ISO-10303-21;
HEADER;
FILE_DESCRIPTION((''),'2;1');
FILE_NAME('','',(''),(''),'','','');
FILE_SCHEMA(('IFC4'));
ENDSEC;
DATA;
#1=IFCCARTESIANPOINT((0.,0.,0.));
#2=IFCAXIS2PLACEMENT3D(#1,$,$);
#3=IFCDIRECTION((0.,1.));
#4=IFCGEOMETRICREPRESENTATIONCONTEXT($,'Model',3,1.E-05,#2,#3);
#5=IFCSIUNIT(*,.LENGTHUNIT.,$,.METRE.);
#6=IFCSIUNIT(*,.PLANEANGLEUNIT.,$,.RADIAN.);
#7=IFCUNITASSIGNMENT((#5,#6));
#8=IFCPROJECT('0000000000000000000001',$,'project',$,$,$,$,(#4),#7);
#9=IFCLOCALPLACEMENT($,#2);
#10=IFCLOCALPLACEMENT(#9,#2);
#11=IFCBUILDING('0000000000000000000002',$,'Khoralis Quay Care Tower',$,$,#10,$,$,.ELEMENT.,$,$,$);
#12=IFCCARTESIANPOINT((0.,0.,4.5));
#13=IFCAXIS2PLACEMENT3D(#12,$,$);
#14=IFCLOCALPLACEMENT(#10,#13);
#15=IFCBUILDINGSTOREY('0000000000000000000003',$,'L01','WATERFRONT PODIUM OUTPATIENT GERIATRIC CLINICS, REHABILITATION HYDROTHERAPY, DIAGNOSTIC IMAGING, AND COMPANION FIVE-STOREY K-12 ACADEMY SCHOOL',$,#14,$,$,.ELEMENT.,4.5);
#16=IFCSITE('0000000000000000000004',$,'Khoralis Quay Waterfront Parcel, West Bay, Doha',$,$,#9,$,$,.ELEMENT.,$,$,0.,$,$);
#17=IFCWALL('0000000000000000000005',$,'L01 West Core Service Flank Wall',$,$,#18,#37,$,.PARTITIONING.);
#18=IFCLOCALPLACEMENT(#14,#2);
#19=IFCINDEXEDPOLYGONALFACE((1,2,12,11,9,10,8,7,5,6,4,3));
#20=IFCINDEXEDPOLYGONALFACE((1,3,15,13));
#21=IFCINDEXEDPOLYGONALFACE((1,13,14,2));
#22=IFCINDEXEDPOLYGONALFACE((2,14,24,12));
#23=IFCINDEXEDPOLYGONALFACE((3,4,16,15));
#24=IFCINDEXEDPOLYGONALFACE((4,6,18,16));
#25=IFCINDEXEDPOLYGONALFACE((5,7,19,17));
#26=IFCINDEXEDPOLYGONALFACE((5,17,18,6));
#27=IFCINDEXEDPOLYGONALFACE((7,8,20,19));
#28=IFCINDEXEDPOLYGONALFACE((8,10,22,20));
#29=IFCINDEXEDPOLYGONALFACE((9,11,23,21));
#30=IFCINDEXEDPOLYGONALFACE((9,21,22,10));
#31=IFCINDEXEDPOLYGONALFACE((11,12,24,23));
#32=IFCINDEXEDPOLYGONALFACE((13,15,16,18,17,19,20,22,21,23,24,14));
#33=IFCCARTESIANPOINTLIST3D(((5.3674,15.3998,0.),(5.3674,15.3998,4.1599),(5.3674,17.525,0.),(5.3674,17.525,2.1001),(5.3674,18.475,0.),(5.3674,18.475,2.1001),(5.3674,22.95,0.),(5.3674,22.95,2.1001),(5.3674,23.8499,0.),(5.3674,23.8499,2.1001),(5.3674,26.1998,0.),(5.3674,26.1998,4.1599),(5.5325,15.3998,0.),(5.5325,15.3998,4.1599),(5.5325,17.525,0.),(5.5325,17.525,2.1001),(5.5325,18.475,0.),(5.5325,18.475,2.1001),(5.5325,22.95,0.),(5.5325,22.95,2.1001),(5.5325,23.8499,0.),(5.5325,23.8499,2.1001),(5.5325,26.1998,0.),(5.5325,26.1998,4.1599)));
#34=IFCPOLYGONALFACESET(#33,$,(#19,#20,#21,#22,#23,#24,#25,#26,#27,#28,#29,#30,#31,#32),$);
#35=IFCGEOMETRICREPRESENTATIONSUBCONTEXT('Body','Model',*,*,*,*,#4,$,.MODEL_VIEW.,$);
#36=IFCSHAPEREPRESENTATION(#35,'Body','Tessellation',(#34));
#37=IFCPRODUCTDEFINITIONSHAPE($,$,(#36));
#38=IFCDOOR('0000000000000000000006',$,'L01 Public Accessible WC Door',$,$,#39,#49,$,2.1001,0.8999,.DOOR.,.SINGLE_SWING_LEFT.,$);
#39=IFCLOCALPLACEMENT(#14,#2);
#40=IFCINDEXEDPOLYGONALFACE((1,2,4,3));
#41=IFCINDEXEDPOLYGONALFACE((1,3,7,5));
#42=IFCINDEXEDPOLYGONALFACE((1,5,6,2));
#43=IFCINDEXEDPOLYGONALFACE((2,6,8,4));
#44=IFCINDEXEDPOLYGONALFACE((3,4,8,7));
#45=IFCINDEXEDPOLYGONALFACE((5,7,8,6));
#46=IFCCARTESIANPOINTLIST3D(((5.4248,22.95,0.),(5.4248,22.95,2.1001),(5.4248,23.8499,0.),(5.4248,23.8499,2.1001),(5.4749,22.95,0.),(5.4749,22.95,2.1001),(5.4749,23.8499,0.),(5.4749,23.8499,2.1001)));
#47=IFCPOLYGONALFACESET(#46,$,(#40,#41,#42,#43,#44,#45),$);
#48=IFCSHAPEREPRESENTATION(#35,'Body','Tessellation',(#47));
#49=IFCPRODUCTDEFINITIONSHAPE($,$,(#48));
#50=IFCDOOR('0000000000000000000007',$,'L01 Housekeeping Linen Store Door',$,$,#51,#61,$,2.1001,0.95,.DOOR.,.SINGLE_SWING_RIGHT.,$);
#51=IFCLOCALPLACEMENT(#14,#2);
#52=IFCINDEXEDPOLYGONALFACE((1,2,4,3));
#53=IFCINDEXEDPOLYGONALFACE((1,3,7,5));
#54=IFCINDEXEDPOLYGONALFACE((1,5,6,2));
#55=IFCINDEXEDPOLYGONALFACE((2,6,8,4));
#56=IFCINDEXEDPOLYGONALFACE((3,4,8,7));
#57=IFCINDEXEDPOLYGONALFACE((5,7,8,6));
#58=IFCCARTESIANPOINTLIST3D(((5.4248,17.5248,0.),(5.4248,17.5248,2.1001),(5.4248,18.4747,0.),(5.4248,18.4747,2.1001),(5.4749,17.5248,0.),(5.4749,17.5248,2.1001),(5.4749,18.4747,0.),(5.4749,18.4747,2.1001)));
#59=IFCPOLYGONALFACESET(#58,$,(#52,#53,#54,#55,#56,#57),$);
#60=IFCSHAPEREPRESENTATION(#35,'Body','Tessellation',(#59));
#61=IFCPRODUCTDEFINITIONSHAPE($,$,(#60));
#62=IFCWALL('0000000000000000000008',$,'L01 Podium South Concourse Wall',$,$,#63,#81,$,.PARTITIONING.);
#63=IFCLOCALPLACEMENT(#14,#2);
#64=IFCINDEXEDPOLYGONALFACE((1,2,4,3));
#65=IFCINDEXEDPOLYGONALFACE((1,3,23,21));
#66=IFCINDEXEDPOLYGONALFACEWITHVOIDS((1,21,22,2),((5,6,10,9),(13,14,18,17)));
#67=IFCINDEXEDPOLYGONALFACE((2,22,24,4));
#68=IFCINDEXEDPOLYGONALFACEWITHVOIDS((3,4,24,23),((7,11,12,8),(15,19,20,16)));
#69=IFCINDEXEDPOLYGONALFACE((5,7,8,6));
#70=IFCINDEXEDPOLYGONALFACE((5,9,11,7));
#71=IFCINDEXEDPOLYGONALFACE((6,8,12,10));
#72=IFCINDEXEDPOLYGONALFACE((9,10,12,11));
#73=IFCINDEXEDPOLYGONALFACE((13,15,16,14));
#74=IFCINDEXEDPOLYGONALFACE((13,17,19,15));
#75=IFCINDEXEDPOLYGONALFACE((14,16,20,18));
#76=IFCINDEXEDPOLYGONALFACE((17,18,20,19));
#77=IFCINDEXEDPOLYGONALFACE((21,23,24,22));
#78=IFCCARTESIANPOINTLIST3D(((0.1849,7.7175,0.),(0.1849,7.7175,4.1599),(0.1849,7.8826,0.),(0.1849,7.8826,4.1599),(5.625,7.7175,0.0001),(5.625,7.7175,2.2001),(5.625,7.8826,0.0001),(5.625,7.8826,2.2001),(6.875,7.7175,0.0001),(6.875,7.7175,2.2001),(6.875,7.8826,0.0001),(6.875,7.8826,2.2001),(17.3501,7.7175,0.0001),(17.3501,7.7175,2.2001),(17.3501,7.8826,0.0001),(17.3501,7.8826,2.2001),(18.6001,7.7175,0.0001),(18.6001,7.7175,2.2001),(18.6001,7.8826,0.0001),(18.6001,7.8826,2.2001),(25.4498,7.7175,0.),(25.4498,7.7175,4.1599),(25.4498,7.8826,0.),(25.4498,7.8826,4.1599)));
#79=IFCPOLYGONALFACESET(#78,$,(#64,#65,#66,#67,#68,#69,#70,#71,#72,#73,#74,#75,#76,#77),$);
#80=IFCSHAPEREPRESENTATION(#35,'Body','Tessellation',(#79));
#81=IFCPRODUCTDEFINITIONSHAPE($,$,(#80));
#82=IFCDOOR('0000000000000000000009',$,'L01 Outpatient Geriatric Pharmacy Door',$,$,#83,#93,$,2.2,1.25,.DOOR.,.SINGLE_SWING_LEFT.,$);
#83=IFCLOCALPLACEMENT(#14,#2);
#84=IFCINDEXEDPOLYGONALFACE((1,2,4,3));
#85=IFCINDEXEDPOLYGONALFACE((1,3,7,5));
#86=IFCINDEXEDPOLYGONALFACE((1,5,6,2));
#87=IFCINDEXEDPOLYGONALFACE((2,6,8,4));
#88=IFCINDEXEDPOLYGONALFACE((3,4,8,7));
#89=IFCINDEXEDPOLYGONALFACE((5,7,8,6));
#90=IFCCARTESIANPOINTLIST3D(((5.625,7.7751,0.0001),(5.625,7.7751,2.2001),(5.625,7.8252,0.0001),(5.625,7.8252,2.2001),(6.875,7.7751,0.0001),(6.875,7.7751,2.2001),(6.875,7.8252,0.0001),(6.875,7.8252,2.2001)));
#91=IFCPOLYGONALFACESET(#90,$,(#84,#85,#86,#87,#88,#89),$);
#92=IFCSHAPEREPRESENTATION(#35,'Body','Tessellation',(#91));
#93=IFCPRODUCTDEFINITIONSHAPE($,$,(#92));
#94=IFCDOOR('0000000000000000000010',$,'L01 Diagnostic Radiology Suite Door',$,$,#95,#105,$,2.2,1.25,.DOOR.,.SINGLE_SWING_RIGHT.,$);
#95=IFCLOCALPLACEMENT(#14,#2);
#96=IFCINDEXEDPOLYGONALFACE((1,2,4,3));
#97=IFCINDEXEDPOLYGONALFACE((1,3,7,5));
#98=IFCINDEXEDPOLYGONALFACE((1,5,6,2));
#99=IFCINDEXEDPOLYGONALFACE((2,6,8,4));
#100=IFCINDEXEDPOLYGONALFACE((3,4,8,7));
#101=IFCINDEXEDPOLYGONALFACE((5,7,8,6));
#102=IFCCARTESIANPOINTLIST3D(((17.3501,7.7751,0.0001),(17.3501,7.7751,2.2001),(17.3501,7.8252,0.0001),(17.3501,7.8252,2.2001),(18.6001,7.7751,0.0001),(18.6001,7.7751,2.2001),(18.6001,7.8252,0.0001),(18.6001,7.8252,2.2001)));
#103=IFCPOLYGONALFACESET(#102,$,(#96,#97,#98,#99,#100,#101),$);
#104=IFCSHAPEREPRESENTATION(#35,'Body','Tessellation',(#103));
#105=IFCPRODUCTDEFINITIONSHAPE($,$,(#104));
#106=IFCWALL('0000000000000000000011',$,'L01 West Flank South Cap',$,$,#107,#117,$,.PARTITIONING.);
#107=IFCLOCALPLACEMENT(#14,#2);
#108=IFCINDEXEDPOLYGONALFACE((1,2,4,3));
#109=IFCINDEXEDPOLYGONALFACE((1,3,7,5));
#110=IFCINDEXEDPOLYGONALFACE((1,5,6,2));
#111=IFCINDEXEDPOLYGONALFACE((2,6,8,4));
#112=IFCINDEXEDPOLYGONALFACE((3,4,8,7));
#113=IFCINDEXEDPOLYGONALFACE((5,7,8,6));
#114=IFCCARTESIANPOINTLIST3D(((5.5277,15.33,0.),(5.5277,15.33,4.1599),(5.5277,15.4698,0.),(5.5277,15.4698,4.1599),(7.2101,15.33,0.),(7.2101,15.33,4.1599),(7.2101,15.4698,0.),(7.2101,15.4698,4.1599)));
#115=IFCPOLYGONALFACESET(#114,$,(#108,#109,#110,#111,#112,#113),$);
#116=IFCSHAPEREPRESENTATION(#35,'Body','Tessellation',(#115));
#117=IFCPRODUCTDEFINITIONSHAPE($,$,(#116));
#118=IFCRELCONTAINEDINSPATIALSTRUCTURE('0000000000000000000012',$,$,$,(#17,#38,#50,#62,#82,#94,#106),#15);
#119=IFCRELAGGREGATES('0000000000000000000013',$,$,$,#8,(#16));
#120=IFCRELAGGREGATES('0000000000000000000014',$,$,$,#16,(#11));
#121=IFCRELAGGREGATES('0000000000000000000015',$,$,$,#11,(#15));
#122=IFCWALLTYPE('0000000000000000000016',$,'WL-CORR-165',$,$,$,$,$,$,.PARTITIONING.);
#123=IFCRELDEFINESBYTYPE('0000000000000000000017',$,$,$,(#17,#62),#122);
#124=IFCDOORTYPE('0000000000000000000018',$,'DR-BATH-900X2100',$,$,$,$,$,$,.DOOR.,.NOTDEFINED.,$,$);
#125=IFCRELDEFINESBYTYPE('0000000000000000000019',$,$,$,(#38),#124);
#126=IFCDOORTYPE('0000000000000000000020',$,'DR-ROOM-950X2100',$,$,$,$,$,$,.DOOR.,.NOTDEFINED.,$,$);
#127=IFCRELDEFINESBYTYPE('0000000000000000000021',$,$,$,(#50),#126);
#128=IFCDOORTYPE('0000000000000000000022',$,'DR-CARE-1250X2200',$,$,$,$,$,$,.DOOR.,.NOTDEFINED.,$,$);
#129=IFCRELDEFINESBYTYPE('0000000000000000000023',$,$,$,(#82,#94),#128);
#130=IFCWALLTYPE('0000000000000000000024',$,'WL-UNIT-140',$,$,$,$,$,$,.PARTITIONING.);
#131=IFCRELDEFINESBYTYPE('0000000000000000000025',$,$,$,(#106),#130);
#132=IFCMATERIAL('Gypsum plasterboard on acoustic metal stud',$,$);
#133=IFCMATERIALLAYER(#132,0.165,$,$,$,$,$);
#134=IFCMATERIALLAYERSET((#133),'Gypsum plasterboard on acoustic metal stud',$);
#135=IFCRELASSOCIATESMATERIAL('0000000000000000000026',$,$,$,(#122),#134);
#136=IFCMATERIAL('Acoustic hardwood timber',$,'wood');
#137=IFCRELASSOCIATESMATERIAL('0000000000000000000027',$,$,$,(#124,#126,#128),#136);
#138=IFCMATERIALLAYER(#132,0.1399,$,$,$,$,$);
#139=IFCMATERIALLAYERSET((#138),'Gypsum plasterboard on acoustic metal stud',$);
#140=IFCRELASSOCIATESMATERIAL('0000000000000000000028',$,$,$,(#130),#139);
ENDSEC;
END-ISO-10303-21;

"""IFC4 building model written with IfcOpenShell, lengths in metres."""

from ifc_helpers import new_model, si_unit, direction, frame, frame_2d, origin, place, context, subcontext, project, spatial, rectangle, extrude, source, transform, mapped, material, layer, layer_set, type_object, element, fill, save


model = new_model("IFC4")

# Units and contexts
model_context = context("Model", 3, precision=1e-05, world=origin(), true_north=direction((0.0, 1.0)))
body_context = subcontext(model_context, "Body", "Model", "MODEL_VIEW")
ifc_project = project(units=[si_unit("LENGTHUNIT", "METRE"), si_unit("PLANEANGLEUNIT", "RADIAN")], contexts=[model_context])

# Site, building, storey
site_placement = place(None, origin())
site = spatial("IfcSite", under=ifc_project, at=site_placement, Name="Khoralis Quay Waterfront Parcel, West Bay, Doha", CompositionType="ELEMENT", RefElevation=0.0)
building_placement = place(site_placement, origin())
building = spatial("IfcBuilding", under=site, at=building_placement, Name="Khoralis Quay Care Tower", CompositionType="ELEMENT")
storey_placement = place(building_placement, frame((0.0, 0.0, 4.5)))
storey = spatial("IfcBuildingStorey", under=building, at=storey_placement, Name="L01", Description="WATERFRONT PODIUM OUTPATIENT GERIATRIC CLINICS, REHABILITATION HYDROTHERAPY, DIAGNOSTIC IMAGING, AND COMPANION FIVE-STOREY K-12 ACADEMY SCHOOL", CompositionType="ELEMENT", Elevation=4.5)

# Shared definitions
ifc_material_1 = material(Name="Gypsum plasterboard on acoustic metal stud")

# Walls, openings, doors
ifc_layer_1 = layer(ifc_material_1, 0.165)
ifc_layer_set_1 = layer_set([ifc_layer_1], Name="Gypsum plasterboard on acoustic metal stud")
wall_type_1 = type_object("IfcWallType", Name="WL-CORR-165", PredefinedType="PARTITIONING", material=ifc_layer_set_1)
wall_1_placement = place(storey_placement, frame((5.45, 15.3999, 0.0), z_axis=(0.0, 0.0, 1.0), x_axis=(0.0, 1.0, 0.0)))
wall_1 = element("IfcWall", 1, at=wall_1_placement, inside=storey, type_object=wall_type_1, Name="L01 West Core Service Flank Wall", PredefinedType="PARTITIONING", context=body_context, shape_type="SweptSolid", body=[
    extrude(rectangle(XDim=10.8, YDim=0.165, at=frame_2d((5.3999, 0.0))), origin(), (0.0, 0.0, 1.0), 4.1599),
])
opening_1_placement = place(wall_1_placement, frame((2.125, 0.0, 0.0)))
opening_1 = element("IfcOpeningElement", 2, at=opening_1_placement, cuts=wall_1, PredefinedType="OPENING", context=body_context, shape_type="SweptSolid", body=[
    extrude(rectangle(XDim=0.95, YDim=2.1001, at=frame_2d((0.4751, 1.05))), frame((0.0, 0.0925, 0.0), z_axis=(0.0, -1.0, 0.0), x_axis=(1.0, 0.0, 0.0)), (0.0, 0.0, 1.0), 0.1851),
])
opening_2_placement = place(wall_1_placement, frame((7.55, 0.0, 0.0)))
opening_2 = element("IfcOpeningElement", 3, at=opening_2_placement, cuts=wall_1, PredefinedType="OPENING", context=body_context, shape_type="SweptSolid", body=[
    extrude(rectangle(XDim=0.8999, YDim=2.1001, at=frame_2d((0.45, 1.05))), frame((0.0, 0.0925, 0.0), z_axis=(0.0, -1.0, 0.0), x_axis=(1.0, 0.0, 0.0)), (0.0, 0.0, 1.0), 0.1851),
])
ifc_material_2 = material(Name="Acoustic hardwood timber", Category="wood")
door_type_1 = type_object("IfcDoorType", Name="DR-BATH-900X2100", OperationType="NOTDEFINED", PredefinedType="DOOR", material=ifc_material_2)
shared_shape_1 = source(origin(), body_context, "Body", "SweptSolid", [
    extrude(rectangle(XDim=0.8999, YDim=2.1001, at=frame_2d((0.45, 1.05))), frame((0.0, 0.0249, 0.0), z_axis=(0.0, -1.0, 0.0), x_axis=(1.0, 0.0, 0.0)), (0.0, 0.0, 1.0), 0.05),
])
door_1_placement = place(opening_2_placement, frame((0.8999, 0.0, 0.0), z_axis=(0.0, 0.0, 1.0), x_axis=(-1.0, 0.0, 0.0)))
door_1 = element("IfcDoor", 4, at=door_1_placement, inside=storey, type_object=door_type_1, Name="L01 Public Accessible WC Door", OperationType="SINGLE_SWING_LEFT", OverallHeight=2.1001, OverallWidth=0.8999, PredefinedType="DOOR", context=body_context, shape_type="MappedRepresentation", body=[
    mapped(shared_shape_1, transform((0.0, 0.0, 0.0), scale=1.0)),
])
fill(opening_2, door_1)
door_type_2 = type_object("IfcDoorType", Name="DR-ROOM-950X2100", OperationType="NOTDEFINED", PredefinedType="DOOR", material=ifc_material_2)
shared_shape_2 = source(origin(), body_context, "Body", "SweptSolid", [
    extrude(rectangle(XDim=0.95, YDim=2.1001, at=frame_2d((0.4751, 1.05))), frame((0.0, 0.0249, 0.0), z_axis=(0.0, -1.0, 0.0), x_axis=(1.0, 0.0, 0.0)), (0.0, 0.0, 1.0), 0.05),
])
door_2_placement = place(opening_1_placement, frame((0.95, 0.0, 0.0), z_axis=(0.0, 0.0, 1.0), x_axis=(-1.0, 0.0, 0.0)))
door_2 = element("IfcDoor", 5, at=door_2_placement, inside=storey, type_object=door_type_2, Name="L01 Housekeeping Linen Store Door", OperationType="SINGLE_SWING_RIGHT", OverallHeight=2.1001, OverallWidth=0.95, PredefinedType="DOOR", context=body_context, shape_type="MappedRepresentation", body=[
    mapped(shared_shape_2, transform((0.0, 0.0, 0.0), scale=1.0)),
])
fill(opening_1, door_2)
wall_2_placement = place(storey_placement, frame((0.1851, 7.8, 0.0), z_axis=(0.0, 0.0, 1.0), x_axis=(1.0, 0.0, 0.0)))
wall_2 = element("IfcWall", 6, at=wall_2_placement, inside=storey, type_object=wall_type_1, Name="L01 Podium South Concourse Wall", PredefinedType="PARTITIONING", context=body_context, shape_type="SweptSolid", body=[
    extrude(rectangle(XDim=25.2649, YDim=0.165, at=frame_2d((12.6323, 0.0))), origin(), (0.0, 0.0, 1.0), 4.1599),
])
opening_3_placement = place(wall_2_placement, frame((5.4399, 0.0, 0.0)))
opening_3 = element("IfcOpeningElement", 7, at=opening_3_placement, cuts=wall_2, PredefinedType="OPENING", context=body_context, shape_type="SweptSolid", body=[
    extrude(rectangle(XDim=1.25, YDim=2.2, at=frame_2d((0.625, 1.1001))), frame((0.0, 0.0925, 0.0), z_axis=(0.0, -1.0, 0.0), x_axis=(1.0, 0.0, 0.0)), (0.0, 0.0, 1.0), 0.1851),
])
opening_4_placement = place(wall_2_placement, frame((17.165, 0.0, 0.0)))
opening_4 = element("IfcOpeningElement", 8, at=opening_4_placement, cuts=wall_2, PredefinedType="OPENING", context=body_context, shape_type="SweptSolid", body=[
    extrude(rectangle(XDim=1.25, YDim=2.2, at=frame_2d((0.625, 1.1001))), frame((0.0, 0.0925, 0.0), z_axis=(0.0, -1.0, 0.0), x_axis=(1.0, 0.0, 0.0)), (0.0, 0.0, 1.0), 0.1851),
])
door_type_3 = type_object("IfcDoorType", Name="DR-CARE-1250X2200", OperationType="NOTDEFINED", PredefinedType="DOOR", material=ifc_material_2)
shared_shape_3 = source(origin(), body_context, "Body", "SweptSolid", [
    extrude(rectangle(XDim=1.25, YDim=2.2, at=frame_2d((0.625, 1.1001))), frame((0.0, 0.0249, 0.0), z_axis=(0.0, -1.0, 0.0), x_axis=(1.0, 0.0, 0.0)), (0.0, 0.0, 1.0), 0.05),
])
door_3_placement = place(opening_3_placement, frame((1.25, 0.0, 0.0), z_axis=(0.0, 0.0, 1.0), x_axis=(-1.0, 0.0, 0.0)))
door_3 = element("IfcDoor", 9, at=door_3_placement, inside=storey, type_object=door_type_3, Name="L01 Outpatient Geriatric Pharmacy Door", OperationType="SINGLE_SWING_LEFT", OverallHeight=2.2, OverallWidth=1.25, PredefinedType="DOOR", context=body_context, shape_type="MappedRepresentation", body=[
    mapped(shared_shape_3, transform((0.0, 0.0, 0.0), scale=1.0)),
])
fill(opening_3, door_3)
door_4_placement = place(opening_4_placement, frame((1.25, 0.0, 0.0), z_axis=(0.0, 0.0, 1.0), x_axis=(-1.0, 0.0, 0.0)))
door_4 = element("IfcDoor", 10, at=door_4_placement, inside=storey, type_object=door_type_3, Name="L01 Diagnostic Radiology Suite Door", OperationType="SINGLE_SWING_RIGHT", OverallHeight=2.2, OverallWidth=1.25, PredefinedType="DOOR", context=body_context, shape_type="MappedRepresentation", body=[
    mapped(shared_shape_3, transform((0.0, 0.0, 0.0), scale=1.0)),
])
fill(opening_4, door_4)

# Wall
ifc_layer_2 = layer(ifc_material_1, 0.1399)
ifc_layer_set_2 = layer_set([ifc_layer_2], Name="Gypsum plasterboard on acoustic metal stud")
wall_type_2 = type_object("IfcWallType", Name="WL-UNIT-140", PredefinedType="PARTITIONING", material=ifc_layer_set_2)
wall_3_placement = place(storey_placement, frame((5.5276, 15.3999, 0.0), z_axis=(0.0, 0.0, 1.0), x_axis=(1.0, 0.0, 0.0)))
element("IfcWall", 11, at=wall_3_placement, inside=storey, type_object=wall_type_2, Name="L01 West Flank South Cap", PredefinedType="PARTITIONING", context=body_context, shape_type="SweptSolid", body=[
    extrude(rectangle(XDim=1.6824, YDim=0.1399, at=frame_2d((0.8413, 0.0))), origin(), (0.0, 0.0, 1.0), 4.1599),
])

save(model, "model.ifc")
